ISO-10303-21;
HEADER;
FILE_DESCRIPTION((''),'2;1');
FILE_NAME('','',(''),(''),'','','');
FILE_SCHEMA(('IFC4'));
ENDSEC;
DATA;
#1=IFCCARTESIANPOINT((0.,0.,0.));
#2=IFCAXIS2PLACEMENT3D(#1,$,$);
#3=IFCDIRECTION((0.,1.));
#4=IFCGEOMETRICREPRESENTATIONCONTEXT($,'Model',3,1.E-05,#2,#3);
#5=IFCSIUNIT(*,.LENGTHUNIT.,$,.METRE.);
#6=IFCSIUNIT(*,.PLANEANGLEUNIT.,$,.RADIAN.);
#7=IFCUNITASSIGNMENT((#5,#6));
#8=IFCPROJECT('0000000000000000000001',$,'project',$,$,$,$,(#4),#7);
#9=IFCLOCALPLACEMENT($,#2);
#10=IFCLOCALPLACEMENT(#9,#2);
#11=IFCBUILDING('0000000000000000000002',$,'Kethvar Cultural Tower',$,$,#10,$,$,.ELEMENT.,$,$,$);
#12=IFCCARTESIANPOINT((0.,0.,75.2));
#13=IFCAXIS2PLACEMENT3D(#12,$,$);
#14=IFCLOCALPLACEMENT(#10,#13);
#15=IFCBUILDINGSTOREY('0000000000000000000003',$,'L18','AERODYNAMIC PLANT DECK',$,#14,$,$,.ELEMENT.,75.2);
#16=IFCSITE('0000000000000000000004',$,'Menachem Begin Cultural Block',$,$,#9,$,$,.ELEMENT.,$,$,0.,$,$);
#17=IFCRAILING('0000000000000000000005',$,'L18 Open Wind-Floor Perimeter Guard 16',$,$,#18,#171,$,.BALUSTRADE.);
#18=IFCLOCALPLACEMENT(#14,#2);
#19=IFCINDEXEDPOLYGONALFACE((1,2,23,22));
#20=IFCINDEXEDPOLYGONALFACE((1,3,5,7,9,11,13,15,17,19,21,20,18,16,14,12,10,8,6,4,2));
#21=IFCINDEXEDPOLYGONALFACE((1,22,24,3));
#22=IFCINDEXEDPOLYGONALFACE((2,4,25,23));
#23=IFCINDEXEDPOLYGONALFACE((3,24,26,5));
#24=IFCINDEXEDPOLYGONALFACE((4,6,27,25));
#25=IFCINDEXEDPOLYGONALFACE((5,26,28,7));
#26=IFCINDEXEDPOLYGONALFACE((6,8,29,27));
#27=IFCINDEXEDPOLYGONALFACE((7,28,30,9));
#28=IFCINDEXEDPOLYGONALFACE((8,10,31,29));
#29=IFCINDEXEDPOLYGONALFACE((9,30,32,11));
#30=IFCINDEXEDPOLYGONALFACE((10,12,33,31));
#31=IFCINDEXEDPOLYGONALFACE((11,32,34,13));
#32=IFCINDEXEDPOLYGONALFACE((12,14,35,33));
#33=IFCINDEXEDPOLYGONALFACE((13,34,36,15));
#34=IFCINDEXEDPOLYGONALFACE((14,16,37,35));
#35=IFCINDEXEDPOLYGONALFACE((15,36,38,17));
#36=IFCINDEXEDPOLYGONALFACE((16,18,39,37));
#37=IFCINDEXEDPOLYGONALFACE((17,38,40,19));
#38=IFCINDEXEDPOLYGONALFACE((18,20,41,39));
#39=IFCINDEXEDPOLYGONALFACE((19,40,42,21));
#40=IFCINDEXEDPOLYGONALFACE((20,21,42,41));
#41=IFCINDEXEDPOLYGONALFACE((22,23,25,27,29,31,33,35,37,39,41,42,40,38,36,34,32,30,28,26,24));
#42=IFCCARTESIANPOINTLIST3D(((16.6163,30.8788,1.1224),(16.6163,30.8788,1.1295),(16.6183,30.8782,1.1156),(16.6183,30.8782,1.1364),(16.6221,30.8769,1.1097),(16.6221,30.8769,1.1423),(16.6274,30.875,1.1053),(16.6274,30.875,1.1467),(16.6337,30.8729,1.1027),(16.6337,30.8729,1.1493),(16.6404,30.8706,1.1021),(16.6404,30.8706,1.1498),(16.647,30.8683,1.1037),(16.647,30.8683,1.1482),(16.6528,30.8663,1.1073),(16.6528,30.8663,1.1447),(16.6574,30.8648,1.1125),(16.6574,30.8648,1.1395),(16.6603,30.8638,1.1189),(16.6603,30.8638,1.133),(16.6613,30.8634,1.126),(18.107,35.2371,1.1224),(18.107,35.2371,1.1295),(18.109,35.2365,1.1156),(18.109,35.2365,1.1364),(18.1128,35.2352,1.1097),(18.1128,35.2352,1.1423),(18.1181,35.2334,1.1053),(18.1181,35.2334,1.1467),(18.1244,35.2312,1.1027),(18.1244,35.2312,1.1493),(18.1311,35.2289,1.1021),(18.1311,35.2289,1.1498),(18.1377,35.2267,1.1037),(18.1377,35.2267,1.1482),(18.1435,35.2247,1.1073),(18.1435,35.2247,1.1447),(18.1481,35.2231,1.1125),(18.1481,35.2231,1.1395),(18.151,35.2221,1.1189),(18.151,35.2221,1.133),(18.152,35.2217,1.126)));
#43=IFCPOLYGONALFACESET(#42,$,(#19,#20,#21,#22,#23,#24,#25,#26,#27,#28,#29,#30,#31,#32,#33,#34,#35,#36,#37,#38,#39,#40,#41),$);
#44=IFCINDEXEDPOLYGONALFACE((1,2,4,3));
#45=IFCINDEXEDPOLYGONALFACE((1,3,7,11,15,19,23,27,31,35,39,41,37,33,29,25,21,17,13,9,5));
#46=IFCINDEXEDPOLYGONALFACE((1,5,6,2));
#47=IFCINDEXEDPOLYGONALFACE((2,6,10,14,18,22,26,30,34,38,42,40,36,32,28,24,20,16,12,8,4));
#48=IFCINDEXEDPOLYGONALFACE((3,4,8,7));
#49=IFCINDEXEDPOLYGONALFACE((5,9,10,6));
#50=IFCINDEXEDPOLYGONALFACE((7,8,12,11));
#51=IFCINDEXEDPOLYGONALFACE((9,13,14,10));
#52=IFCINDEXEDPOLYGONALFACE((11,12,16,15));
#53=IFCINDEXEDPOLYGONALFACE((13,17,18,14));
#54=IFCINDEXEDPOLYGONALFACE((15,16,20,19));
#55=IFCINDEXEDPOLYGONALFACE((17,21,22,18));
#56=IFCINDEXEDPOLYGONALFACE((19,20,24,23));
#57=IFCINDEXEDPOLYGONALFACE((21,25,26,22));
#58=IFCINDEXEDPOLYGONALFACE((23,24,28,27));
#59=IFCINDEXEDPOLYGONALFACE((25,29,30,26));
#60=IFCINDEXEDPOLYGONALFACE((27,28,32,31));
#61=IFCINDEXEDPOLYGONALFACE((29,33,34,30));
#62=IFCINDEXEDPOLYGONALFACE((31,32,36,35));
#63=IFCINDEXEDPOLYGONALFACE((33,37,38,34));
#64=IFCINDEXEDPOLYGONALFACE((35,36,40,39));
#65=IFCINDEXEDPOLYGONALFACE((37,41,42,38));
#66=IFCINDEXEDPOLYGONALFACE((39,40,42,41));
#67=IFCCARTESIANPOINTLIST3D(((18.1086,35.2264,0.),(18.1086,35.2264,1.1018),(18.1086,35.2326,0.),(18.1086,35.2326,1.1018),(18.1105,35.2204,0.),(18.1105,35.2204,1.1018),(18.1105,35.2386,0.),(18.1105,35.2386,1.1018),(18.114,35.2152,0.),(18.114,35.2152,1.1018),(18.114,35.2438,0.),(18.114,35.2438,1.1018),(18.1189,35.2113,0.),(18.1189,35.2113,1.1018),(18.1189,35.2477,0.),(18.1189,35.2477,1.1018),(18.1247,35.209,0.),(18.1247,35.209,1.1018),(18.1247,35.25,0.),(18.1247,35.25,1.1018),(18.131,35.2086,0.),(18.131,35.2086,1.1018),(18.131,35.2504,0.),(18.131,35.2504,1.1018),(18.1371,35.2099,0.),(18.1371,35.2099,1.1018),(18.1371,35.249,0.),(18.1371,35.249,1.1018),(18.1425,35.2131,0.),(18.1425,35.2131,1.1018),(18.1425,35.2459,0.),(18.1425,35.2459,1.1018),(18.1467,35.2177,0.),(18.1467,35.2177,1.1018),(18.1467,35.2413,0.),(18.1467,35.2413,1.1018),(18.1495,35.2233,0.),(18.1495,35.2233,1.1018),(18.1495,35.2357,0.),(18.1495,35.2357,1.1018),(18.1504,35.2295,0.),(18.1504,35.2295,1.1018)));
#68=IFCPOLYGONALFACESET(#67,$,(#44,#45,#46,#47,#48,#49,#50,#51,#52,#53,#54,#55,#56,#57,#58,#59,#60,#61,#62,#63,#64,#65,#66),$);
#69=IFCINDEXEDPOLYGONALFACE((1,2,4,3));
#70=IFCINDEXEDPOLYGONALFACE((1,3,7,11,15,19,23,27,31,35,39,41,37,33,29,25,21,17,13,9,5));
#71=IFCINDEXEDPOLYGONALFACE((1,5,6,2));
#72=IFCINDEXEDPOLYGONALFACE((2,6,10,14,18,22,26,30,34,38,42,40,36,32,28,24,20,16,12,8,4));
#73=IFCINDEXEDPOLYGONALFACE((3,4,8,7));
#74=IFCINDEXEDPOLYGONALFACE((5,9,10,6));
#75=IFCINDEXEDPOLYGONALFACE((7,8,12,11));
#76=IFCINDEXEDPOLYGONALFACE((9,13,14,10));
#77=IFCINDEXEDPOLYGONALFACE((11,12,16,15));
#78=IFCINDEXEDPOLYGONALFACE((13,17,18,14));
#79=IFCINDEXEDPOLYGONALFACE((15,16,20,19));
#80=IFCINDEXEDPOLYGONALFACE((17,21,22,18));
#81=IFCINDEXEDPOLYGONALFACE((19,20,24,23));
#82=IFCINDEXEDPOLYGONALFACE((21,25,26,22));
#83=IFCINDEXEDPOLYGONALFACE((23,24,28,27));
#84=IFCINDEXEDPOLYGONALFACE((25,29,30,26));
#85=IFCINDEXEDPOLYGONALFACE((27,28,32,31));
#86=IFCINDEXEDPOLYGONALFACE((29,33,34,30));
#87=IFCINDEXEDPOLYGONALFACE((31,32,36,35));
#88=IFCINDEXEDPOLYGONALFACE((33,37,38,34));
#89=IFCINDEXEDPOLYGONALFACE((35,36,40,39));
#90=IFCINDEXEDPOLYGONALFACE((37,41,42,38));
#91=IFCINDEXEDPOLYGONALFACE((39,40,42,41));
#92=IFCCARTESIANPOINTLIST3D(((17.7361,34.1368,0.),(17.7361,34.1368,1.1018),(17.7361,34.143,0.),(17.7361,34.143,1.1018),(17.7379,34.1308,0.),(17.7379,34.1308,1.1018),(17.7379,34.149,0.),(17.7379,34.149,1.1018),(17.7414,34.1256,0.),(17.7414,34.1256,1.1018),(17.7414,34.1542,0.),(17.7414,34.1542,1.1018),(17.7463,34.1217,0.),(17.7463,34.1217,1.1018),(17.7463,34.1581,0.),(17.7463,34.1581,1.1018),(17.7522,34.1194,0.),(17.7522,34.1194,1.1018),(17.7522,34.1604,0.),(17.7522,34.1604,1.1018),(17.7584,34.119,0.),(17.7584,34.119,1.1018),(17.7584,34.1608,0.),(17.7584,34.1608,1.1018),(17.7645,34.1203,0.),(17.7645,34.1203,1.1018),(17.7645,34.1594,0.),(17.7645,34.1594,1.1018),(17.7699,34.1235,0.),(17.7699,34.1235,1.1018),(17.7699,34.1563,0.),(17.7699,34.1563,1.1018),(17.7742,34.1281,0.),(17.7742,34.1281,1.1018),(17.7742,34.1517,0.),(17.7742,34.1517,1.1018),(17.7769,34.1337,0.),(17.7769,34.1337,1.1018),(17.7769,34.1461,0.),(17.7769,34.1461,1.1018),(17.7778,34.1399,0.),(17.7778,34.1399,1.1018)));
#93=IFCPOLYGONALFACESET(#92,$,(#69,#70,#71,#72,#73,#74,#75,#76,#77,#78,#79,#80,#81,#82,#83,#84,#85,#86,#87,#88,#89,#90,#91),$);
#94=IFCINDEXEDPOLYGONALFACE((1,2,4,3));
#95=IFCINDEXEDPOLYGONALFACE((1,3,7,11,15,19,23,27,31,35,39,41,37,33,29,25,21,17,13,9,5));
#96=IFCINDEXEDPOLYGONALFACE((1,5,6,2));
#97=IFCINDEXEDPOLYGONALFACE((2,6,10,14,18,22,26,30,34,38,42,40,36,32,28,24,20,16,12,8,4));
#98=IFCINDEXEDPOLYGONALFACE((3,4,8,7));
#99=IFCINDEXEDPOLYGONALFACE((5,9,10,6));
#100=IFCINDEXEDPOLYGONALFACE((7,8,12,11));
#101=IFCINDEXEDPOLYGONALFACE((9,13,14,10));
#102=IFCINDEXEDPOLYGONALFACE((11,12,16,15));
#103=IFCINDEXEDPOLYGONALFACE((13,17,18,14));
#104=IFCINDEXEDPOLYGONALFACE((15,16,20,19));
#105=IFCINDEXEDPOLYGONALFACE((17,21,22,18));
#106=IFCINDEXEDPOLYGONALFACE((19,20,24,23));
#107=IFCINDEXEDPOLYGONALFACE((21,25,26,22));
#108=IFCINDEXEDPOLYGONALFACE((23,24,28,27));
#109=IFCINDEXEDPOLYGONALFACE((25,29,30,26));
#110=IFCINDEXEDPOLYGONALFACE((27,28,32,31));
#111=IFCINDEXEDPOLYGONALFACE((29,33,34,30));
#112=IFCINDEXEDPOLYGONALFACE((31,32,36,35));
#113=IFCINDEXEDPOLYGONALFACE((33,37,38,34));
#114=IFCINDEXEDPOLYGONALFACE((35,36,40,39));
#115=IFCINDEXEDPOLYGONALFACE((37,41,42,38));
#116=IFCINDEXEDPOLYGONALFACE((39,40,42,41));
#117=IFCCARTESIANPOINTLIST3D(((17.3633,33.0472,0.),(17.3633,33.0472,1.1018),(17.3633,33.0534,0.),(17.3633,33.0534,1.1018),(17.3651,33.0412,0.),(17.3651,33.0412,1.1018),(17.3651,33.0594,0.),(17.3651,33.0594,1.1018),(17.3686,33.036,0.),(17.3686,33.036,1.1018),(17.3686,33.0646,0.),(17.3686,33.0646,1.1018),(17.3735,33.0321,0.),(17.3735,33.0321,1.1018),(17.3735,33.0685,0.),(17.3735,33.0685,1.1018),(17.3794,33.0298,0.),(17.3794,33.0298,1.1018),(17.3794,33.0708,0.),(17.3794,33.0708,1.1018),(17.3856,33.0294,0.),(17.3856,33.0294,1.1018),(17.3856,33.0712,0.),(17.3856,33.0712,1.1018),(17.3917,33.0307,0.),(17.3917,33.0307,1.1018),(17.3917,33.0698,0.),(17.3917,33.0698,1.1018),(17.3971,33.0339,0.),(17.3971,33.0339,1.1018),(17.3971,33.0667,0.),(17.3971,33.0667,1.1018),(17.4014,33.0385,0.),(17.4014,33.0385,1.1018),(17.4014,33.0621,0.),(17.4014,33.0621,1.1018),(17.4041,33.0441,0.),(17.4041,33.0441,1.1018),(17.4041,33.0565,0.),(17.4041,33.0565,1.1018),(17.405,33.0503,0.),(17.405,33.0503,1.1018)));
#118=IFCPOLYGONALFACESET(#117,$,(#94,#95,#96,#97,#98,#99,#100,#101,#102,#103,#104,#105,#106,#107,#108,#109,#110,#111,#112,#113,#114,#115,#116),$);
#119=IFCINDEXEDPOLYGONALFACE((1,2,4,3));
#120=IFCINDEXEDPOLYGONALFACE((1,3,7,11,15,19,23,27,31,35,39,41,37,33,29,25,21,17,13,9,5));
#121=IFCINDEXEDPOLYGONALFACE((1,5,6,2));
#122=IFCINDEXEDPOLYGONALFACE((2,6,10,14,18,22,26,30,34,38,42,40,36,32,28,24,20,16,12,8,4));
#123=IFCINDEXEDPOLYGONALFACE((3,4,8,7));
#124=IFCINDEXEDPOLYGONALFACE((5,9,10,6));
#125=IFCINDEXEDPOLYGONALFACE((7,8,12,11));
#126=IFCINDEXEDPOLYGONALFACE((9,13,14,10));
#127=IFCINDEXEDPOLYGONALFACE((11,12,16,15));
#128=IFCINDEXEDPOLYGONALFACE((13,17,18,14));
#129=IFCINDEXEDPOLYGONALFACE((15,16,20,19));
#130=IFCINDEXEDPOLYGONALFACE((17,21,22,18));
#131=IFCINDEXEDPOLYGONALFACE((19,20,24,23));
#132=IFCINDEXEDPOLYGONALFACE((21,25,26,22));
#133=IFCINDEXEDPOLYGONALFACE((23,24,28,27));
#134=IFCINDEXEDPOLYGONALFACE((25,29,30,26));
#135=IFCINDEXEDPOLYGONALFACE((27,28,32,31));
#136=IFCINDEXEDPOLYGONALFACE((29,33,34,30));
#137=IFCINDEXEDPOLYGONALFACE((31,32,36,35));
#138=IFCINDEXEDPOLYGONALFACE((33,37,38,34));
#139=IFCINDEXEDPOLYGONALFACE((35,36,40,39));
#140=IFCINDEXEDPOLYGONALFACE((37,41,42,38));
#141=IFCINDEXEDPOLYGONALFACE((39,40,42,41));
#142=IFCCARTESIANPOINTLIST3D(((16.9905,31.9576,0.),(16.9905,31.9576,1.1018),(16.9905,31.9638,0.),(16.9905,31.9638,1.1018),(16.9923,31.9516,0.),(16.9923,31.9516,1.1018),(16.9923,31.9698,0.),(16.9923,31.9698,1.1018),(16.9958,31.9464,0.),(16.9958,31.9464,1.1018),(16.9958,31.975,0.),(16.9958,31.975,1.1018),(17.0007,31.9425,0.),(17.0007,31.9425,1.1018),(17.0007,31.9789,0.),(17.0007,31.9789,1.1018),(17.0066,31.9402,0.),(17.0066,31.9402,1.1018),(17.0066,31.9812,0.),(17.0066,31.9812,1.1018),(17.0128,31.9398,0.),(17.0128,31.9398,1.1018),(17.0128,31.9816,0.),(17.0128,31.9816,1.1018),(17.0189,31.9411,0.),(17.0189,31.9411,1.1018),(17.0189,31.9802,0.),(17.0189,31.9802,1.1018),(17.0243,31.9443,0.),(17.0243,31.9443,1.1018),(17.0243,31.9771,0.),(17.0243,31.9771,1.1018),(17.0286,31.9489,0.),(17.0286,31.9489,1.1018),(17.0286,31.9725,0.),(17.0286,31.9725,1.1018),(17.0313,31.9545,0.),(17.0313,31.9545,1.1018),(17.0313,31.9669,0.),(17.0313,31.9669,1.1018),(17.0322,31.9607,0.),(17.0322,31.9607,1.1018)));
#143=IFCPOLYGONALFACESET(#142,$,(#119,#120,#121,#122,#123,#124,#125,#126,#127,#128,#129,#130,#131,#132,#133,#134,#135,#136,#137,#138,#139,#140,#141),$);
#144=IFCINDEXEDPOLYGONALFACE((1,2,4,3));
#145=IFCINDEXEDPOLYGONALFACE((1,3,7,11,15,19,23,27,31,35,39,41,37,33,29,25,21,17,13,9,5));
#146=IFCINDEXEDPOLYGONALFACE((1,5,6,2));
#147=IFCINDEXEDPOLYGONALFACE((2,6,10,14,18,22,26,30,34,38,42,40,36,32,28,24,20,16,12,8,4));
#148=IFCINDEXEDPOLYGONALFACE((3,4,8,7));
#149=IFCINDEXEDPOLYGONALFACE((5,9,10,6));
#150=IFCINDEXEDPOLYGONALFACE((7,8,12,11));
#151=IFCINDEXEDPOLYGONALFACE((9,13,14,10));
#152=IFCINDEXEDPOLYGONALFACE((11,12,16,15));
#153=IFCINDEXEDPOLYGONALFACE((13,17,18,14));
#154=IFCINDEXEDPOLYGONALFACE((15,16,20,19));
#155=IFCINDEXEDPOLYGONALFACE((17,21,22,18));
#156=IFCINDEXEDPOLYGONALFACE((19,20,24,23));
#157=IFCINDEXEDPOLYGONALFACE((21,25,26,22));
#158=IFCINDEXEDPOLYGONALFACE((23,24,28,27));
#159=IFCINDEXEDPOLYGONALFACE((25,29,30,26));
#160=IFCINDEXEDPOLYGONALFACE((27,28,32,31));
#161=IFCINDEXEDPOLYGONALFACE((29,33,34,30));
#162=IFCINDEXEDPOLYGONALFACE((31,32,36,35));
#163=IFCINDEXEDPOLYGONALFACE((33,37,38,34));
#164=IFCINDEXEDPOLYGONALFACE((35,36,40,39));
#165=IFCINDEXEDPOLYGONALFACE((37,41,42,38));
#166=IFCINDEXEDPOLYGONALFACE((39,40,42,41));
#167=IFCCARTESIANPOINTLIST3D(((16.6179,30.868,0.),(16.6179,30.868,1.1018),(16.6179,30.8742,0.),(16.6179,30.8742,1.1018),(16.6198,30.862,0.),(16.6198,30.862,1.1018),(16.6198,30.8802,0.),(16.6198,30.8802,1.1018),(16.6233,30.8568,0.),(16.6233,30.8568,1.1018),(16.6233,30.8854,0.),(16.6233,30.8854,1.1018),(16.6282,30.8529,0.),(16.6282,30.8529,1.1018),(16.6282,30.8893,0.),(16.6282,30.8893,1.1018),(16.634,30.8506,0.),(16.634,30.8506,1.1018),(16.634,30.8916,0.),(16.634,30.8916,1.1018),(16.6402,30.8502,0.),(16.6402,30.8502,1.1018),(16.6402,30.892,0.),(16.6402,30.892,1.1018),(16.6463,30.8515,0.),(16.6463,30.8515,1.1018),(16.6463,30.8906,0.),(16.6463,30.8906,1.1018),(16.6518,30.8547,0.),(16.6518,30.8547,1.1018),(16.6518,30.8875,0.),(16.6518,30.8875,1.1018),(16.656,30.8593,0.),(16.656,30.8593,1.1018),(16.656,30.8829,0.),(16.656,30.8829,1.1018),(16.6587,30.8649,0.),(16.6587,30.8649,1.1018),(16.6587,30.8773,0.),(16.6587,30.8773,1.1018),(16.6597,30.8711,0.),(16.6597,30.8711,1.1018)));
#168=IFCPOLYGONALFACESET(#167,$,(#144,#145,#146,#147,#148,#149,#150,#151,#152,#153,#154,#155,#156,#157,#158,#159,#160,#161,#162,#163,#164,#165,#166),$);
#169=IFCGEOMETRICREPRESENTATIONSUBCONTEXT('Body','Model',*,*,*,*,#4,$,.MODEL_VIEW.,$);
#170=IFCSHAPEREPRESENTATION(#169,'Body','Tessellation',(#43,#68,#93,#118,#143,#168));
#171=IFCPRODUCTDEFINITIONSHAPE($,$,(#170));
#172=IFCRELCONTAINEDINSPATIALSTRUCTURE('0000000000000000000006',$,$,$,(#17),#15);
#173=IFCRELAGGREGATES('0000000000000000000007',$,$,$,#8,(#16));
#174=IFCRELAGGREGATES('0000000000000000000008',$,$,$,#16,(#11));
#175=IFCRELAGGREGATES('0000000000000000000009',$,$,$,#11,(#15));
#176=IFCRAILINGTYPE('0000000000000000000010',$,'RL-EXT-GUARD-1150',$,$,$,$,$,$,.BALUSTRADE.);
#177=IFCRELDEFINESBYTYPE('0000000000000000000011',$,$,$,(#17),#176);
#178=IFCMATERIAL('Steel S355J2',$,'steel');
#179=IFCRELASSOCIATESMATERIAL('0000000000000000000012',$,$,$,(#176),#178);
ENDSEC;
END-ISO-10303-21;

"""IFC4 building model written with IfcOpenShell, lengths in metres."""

from ifc_helpers import new_model, si_unit, direction, frame, origin, origin_2d, place, context, subcontext, project, spatial, circle, extrude, material, type_object, element, save


model = new_model("IFC4")

# Units and contexts
model_context = context("Model", 3, precision=1e-05, world=origin(), true_north=direction((0.0, 1.0)))
body_context = subcontext(model_context, "Body", "Model", "MODEL_VIEW")
ifc_project = project(units=[si_unit("LENGTHUNIT", "METRE"), si_unit("PLANEANGLEUNIT", "RADIAN")], contexts=[model_context])

# Site, building, storey
site_placement = place(None, origin())
site = spatial("IfcSite", under=ifc_project, at=site_placement, Name="Menachem Begin Cultural Block", CompositionType="ELEMENT", RefElevation=0.0)
building_placement = place(site_placement, origin())
building = spatial("IfcBuilding", under=site, at=building_placement, Name="Kethvar Cultural Tower", CompositionType="ELEMENT")
storey_placement = place(building_placement, frame((0.0, 0.0, 75.2)))
storey = spatial("IfcBuildingStorey", under=building, at=storey_placement, Name="L18", Description="AERODYNAMIC PLANT DECK", CompositionType="ELEMENT", Elevation=75.2)

# Shared definitions
ifc_material_1 = material(Name="Steel S355J2", Category="steel")

# Railing
railing_type = type_object("IfcRailingType", Name="RL-EXT-GUARD-1150", PredefinedType="BALUSTRADE", material=ifc_material_1)
railing_1_placement = place(storey_placement, frame((18.1294, 35.2295, 0.0)))
element("IfcRailing", 1, at=railing_1_placement, inside=storey, type_object=railing_type, Name="L18 Open Wind-Floor Perimeter Guard 16", PredefinedType="BALUSTRADE", context=body_context, shape_type="SweptSolid", body=[
    extrude(circle(Radius=0.0239, at=origin_2d()), frame((0.0, 0.0, 1.126), z_axis=(-0.323628, -0.946184, 0.0), x_axis=(0.946184, -0.323628, 0.0)), (0.0, 0.0, 1.0), 4.6062),
    extrude(circle(Radius=0.021, at=origin_2d()), origin(), (0.0, 0.0, 1.0), 1.1018),
    extrude(circle(Radius=0.021, at=origin_2d()), frame((-0.3726, -1.0896, 0.0)), (0.0, 0.0, 1.0), 1.1018),
    extrude(circle(Radius=0.021, at=origin_2d()), frame((-0.7454, -2.1792, 0.0)), (0.0, 0.0, 1.0), 1.1018),
    extrude(circle(Radius=0.021, at=origin_2d()), frame((-1.1182, -3.2688, 0.0)), (0.0, 0.0, 1.0), 1.1018),
    extrude(circle(Radius=0.021, at=origin_2d()), frame((-1.4907, -4.3584, 0.0)), (0.0, 0.0, 1.0), 1.1018),
])

save(model, "model.ifc")
